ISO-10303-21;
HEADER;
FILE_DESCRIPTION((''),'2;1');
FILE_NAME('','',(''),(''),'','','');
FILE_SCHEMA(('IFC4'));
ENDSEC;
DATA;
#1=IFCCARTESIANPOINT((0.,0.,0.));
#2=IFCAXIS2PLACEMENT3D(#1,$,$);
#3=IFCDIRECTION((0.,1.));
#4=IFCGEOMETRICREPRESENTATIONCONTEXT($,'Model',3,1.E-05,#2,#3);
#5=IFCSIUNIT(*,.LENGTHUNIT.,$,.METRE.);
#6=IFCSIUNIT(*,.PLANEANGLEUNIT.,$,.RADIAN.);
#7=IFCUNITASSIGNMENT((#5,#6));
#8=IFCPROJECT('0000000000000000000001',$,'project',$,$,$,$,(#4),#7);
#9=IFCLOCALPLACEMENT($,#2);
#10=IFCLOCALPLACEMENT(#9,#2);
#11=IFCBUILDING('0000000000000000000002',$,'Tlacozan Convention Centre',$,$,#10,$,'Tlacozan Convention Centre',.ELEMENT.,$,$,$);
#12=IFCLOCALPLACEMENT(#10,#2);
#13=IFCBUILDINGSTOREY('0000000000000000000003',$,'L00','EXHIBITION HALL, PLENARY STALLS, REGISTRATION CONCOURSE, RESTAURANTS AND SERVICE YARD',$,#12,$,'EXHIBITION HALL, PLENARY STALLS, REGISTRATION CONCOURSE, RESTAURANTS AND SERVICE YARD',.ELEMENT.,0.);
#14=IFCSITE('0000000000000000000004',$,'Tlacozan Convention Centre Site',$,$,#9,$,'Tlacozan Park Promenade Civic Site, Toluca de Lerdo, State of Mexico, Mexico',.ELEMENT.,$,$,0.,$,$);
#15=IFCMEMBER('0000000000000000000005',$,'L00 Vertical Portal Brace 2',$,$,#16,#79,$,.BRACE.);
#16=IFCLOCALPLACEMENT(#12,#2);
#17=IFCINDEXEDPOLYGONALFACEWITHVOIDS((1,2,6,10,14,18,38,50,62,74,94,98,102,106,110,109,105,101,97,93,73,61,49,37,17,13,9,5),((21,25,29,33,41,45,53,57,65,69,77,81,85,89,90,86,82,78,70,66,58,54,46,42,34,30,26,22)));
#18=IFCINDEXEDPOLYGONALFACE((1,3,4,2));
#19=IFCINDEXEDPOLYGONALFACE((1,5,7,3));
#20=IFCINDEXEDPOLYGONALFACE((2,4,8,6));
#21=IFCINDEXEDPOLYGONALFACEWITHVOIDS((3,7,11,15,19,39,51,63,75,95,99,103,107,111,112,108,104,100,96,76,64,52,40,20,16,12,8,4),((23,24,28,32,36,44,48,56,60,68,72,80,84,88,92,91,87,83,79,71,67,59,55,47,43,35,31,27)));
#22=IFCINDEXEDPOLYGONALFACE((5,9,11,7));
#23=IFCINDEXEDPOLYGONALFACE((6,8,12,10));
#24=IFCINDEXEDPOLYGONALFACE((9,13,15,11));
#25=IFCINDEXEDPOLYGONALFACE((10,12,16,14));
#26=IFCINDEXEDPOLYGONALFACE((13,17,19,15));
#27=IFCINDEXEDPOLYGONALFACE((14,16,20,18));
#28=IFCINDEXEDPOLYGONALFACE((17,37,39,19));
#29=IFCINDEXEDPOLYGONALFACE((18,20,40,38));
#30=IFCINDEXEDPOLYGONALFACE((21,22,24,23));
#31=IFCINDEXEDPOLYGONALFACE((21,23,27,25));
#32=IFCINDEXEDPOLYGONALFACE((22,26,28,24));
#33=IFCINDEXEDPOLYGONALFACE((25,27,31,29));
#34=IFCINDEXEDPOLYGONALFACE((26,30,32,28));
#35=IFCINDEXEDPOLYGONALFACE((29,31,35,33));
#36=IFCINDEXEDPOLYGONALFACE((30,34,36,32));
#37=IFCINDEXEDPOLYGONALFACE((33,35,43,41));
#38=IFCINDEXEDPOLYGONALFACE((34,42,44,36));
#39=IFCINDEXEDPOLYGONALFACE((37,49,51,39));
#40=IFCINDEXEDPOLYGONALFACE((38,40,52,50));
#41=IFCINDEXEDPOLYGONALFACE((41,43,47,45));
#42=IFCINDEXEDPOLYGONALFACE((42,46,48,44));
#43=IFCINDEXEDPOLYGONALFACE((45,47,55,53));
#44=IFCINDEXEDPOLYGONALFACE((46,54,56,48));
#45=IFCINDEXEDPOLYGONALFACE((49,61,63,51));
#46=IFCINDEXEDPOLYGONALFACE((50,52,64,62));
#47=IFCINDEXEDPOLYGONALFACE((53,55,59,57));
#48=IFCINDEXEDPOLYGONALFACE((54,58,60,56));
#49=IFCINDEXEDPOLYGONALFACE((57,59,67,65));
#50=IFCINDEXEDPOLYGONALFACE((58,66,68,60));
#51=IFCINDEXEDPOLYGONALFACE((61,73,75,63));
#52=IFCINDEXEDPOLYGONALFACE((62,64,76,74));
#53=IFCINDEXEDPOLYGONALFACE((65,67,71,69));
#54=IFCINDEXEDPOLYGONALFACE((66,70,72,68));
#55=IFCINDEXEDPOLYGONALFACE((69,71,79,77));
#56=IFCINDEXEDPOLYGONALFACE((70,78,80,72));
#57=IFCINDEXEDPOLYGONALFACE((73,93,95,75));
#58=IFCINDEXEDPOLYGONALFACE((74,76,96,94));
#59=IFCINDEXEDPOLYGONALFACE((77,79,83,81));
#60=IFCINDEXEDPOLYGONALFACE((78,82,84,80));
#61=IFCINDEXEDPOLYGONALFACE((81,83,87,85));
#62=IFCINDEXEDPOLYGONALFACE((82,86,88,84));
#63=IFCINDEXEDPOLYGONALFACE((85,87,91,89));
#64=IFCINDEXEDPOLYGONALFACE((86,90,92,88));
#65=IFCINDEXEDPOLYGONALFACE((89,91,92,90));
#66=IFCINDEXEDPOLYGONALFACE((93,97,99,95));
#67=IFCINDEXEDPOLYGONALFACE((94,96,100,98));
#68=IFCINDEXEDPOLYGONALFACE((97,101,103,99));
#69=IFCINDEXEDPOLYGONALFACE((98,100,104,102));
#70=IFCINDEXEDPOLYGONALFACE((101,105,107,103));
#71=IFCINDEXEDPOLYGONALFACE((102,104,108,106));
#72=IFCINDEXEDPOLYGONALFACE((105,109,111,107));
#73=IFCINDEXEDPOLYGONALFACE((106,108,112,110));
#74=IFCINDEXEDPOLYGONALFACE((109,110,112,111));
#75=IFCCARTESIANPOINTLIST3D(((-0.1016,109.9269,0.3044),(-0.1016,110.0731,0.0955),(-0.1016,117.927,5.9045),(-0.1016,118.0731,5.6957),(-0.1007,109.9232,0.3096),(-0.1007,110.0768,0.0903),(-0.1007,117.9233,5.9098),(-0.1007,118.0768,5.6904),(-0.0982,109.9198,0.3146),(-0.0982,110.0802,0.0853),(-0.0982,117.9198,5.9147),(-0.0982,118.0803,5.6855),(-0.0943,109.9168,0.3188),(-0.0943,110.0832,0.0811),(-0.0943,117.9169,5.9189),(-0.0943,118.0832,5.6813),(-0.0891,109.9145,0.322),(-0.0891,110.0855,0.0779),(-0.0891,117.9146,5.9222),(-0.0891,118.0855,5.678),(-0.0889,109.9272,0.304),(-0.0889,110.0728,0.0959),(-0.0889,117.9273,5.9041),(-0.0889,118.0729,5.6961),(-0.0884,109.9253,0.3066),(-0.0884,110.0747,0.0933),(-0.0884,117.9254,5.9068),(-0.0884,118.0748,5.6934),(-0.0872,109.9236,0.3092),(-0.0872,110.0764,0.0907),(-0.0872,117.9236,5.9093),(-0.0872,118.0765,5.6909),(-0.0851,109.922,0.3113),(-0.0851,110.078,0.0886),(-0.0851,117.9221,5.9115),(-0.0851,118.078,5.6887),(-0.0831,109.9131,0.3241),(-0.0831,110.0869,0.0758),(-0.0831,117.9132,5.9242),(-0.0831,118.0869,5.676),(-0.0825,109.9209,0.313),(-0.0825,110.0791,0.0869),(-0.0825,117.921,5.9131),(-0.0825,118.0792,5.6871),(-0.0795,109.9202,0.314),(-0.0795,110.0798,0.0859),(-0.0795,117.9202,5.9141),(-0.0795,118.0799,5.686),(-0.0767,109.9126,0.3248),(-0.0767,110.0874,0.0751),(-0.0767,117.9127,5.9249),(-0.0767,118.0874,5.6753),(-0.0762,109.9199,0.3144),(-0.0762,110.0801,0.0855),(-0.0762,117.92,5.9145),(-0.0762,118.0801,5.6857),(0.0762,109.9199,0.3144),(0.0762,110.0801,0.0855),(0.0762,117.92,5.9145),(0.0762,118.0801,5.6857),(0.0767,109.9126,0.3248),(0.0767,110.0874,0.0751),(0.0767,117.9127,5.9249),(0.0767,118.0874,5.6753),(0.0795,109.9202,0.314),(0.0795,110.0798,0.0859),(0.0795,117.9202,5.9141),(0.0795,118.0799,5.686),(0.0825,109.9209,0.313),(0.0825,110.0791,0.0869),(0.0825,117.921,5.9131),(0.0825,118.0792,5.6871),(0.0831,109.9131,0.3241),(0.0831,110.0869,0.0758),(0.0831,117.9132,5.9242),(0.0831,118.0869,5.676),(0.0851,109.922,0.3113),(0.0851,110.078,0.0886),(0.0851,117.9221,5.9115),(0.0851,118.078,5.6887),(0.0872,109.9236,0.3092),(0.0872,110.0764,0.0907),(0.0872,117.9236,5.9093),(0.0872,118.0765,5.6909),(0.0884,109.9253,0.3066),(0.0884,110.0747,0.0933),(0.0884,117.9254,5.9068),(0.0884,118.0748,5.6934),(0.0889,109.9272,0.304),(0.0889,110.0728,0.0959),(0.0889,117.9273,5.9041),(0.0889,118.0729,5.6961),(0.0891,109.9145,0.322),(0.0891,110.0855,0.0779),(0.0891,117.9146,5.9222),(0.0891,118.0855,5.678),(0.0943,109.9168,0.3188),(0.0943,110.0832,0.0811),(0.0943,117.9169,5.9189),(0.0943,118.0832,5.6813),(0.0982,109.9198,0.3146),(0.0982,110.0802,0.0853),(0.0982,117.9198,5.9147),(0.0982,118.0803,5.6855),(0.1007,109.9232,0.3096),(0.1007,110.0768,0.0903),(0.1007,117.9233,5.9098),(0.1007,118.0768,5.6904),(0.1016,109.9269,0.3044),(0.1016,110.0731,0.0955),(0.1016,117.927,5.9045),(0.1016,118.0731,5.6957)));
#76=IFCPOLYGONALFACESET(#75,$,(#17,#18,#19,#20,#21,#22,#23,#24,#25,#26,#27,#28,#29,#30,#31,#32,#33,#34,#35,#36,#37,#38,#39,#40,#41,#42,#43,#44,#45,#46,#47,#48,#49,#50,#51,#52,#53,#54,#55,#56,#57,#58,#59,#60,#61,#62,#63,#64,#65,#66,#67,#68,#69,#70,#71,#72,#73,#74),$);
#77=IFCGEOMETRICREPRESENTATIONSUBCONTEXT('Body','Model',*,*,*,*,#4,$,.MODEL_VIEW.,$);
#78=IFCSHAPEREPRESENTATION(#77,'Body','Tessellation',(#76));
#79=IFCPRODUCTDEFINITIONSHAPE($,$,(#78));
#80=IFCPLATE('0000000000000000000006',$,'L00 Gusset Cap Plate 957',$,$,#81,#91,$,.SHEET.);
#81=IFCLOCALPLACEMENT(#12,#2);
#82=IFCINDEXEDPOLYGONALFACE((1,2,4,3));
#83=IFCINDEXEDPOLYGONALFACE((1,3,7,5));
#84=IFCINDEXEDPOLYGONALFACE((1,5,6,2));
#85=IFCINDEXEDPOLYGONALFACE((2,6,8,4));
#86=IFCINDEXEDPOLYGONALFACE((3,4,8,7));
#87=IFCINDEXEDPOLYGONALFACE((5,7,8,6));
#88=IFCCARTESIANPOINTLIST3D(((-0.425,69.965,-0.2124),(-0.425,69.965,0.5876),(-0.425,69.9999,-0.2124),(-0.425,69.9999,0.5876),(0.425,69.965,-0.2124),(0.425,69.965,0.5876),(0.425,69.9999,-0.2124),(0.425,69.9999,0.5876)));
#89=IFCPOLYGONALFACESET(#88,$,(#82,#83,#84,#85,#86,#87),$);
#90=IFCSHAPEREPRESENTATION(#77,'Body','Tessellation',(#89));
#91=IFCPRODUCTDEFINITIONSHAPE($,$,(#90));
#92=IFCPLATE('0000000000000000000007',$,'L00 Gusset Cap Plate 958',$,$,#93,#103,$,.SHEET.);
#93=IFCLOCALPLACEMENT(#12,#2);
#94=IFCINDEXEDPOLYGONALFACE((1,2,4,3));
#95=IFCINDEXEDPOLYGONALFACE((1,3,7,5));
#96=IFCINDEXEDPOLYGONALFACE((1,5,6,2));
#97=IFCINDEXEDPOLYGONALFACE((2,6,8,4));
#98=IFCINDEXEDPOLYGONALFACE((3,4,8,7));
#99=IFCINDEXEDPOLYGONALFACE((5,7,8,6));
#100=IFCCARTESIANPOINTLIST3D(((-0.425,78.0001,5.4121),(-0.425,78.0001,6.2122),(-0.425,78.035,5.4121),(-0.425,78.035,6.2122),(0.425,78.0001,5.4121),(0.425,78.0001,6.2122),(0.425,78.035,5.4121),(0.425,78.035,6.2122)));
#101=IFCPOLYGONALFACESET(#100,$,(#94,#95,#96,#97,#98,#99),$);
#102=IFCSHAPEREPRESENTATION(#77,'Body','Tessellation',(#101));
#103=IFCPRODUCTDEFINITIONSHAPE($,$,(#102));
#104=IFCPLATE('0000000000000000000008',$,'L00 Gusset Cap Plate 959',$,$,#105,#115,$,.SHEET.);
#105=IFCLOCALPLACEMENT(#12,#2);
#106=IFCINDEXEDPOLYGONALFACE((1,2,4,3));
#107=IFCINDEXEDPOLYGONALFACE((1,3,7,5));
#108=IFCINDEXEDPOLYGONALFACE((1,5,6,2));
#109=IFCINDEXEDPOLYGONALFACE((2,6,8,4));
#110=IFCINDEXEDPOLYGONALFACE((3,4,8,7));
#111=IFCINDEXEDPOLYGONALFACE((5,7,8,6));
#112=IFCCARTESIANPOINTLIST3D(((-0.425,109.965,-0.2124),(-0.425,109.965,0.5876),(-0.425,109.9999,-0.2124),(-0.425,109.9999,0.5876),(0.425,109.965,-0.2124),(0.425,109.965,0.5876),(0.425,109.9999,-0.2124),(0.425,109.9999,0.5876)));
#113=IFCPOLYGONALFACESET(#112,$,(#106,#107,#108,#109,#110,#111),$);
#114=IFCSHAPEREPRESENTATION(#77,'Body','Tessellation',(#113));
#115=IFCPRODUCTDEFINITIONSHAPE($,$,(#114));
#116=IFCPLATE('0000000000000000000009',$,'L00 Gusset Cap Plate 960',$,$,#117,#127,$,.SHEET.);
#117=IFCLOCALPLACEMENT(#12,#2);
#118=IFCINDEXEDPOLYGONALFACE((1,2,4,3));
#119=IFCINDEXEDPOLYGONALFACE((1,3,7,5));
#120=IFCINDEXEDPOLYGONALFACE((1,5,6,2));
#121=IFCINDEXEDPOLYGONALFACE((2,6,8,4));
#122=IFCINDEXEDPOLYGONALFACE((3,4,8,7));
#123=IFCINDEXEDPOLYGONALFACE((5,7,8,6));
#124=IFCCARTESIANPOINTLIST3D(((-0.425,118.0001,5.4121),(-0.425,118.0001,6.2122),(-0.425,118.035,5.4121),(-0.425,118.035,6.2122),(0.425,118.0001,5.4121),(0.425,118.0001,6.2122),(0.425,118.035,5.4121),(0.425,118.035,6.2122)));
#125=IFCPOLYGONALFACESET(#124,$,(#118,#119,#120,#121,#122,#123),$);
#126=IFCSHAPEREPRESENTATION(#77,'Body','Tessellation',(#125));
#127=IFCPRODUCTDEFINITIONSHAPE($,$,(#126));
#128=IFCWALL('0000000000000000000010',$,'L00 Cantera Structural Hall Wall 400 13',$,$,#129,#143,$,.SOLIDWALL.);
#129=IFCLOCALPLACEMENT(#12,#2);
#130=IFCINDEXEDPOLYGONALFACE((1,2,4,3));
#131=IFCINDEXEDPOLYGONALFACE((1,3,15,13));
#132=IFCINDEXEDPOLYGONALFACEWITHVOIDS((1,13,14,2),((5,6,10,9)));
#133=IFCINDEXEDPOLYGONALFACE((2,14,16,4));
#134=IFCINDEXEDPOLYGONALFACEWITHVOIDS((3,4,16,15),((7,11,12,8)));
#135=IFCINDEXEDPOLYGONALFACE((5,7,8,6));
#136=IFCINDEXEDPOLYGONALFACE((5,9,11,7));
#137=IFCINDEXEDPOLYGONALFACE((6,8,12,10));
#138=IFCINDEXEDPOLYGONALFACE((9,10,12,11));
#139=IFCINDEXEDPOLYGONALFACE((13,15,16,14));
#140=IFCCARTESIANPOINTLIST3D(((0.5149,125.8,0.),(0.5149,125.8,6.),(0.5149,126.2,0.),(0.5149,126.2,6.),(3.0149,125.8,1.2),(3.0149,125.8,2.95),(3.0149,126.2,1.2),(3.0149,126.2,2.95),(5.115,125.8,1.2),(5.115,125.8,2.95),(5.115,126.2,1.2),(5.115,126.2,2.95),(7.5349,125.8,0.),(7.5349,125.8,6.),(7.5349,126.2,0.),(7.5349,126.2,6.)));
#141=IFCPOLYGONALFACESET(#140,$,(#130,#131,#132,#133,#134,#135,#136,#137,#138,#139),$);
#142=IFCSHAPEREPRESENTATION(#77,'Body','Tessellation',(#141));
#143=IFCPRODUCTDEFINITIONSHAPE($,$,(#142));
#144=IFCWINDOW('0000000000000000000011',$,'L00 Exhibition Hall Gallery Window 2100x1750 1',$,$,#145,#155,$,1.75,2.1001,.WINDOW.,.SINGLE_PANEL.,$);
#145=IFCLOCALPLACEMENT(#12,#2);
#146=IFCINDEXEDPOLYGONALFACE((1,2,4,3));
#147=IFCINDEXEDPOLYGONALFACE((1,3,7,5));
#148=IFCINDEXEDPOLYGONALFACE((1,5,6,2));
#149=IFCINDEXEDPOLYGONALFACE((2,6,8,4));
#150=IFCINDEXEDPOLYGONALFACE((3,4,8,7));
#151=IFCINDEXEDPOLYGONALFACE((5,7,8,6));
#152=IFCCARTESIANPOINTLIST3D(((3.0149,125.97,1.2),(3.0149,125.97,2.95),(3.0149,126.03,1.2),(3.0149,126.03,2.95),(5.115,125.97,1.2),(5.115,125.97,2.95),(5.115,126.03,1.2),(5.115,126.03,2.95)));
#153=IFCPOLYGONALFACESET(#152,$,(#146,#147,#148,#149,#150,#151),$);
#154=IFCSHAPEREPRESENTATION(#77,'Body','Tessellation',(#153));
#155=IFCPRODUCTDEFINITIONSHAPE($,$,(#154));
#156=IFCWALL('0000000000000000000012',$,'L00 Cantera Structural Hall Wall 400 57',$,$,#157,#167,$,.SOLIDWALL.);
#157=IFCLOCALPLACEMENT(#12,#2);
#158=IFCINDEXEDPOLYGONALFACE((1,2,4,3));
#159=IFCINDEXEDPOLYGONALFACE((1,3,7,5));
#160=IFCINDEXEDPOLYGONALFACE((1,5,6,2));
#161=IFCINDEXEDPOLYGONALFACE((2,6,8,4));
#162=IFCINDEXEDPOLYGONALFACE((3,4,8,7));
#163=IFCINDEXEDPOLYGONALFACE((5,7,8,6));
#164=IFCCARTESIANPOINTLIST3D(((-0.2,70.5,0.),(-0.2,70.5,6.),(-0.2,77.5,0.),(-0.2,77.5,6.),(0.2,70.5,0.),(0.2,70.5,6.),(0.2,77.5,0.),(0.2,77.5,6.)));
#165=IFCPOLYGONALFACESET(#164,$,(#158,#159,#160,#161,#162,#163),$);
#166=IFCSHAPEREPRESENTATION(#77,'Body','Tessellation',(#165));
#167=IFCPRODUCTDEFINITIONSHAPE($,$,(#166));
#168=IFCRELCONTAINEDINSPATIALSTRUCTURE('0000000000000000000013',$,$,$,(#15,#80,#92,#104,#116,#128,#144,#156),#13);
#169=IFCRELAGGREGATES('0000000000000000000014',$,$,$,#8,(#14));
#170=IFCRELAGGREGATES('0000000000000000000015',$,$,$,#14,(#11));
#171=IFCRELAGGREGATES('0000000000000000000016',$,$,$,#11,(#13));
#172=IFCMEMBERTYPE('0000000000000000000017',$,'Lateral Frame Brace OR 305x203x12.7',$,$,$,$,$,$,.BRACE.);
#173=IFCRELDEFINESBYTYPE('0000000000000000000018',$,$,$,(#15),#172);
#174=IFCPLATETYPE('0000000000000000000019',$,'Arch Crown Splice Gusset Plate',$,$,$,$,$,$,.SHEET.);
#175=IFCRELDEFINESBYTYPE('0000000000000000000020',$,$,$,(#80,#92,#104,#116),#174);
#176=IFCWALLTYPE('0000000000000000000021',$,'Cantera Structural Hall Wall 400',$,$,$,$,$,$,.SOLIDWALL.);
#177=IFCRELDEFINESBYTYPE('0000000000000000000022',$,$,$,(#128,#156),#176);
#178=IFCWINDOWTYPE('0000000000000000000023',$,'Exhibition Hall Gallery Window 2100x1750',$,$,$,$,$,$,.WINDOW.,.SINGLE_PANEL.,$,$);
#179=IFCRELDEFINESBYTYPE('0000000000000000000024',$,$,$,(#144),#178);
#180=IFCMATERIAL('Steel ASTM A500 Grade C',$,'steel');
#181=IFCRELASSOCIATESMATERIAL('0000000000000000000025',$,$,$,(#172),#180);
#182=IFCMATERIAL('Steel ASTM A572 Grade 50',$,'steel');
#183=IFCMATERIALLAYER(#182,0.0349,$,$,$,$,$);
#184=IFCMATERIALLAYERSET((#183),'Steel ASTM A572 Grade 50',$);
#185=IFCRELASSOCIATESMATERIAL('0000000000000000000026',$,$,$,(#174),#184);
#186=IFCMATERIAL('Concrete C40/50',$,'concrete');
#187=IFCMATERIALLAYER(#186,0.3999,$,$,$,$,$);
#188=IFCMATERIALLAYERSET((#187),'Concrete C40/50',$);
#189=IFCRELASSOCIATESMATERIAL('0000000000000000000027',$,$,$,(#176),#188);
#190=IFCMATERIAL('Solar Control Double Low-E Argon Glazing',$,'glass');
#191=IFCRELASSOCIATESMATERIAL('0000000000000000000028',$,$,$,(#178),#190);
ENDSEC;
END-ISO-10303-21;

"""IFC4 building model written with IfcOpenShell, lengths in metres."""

from ifc_helpers import new_model, si_unit, direction, frame, frame_2d, origin, origin_2d, place, context, subcontext, project, spatial, rectangle, hollow_rectangle, extrude, material, layer, layer_set, material_profile, profile_set, type_object, element, fill, save


model = new_model("IFC4")

# Units and contexts
model_context = context("Model", 3, precision=1e-05, world=origin(), true_north=direction((0.0, 1.0)))
body_context = subcontext(model_context, "Body", "Model", "MODEL_VIEW")
ifc_project = project(units=[si_unit("LENGTHUNIT", "METRE"), si_unit("PLANEANGLEUNIT", "RADIAN")], contexts=[model_context])

# Site, building, storey
site_placement = place(None, origin())
site = spatial("IfcSite", under=ifc_project, at=site_placement, Name="Tlacozan Convention Centre Site", LongName="Tlacozan Park Promenade Civic Site, Toluca de Lerdo, State of Mexico, Mexico", CompositionType="ELEMENT", RefElevation=0.0)
building_placement = place(site_placement, origin())
building = spatial("IfcBuilding", under=site, at=building_placement, Name="Tlacozan Convention Centre", LongName="Tlacozan Convention Centre", CompositionType="ELEMENT")
storey_placement = place(building_placement, origin())
storey = spatial("IfcBuildingStorey", under=building, at=storey_placement, Name="L00", Description="EXHIBITION HALL, PLENARY STALLS, REGISTRATION CONCOURSE, RESTAURANTS AND SERVICE YARD", LongName="EXHIBITION HALL, PLENARY STALLS, REGISTRATION CONCOURSE, RESTAURANTS AND SERVICE YARD", CompositionType="ELEMENT", Elevation=0.0)

# Shared definitions
ifc_material_1 = material(Name="Concrete C40/50", Category="concrete")

# Member
ifc_material_2 = material(Name="Steel ASTM A500 Grade C", Category="steel")
ifc_material_profile_1 = material_profile(ifc_material_2, hollow_rectangle(XDim=0.2031, YDim=0.3047, WallThickness=0.0127, InnerFilletRadius=0.0127, OuterFilletRadius=0.0249, at=origin_2d()), Name="OR 305x203x12.7")
ifc_profile_set_1 = profile_set([ifc_material_profile_1], Name="Steel ASTM A500 Grade C")
member_type = type_object("IfcMemberType", Name="Lateral Frame Brace OR 305x203x12.7", PredefinedType="BRACE", material=ifc_profile_set_1)
for number, where, z_axis, x_axis, name in (
    (1, (0.0, 110.0, 0.2), (0.0, 0.819227, 0.573469), (-1.0, 0.0, 0.0), "L00 Vertical Portal Brace 2"),
):
    element("IfcMember", number, at=place(storey_placement, frame(where, z_axis=z_axis, x_axis=x_axis)), inside=storey, type_object=member_type, Name=name, PredefinedType="BRACE", context=body_context, shape_type="SweptSolid", body=[
        extrude(hollow_rectangle(XDim=0.2031, YDim=0.3047, WallThickness=0.0127, InnerFilletRadius=0.0127, OuterFilletRadius=0.0249, at=origin_2d()), origin(), (0.0, 0.0, 1.0), 9.7654),
    ])

# Plates
ifc_material_3 = material(Name="Steel ASTM A572 Grade 50", Category="steel")
ifc_layer_1 = layer(ifc_material_3, 0.0349)
ifc_layer_set_1 = layer_set([ifc_layer_1], Name="Steel ASTM A572 Grade 50")
plate_type = type_object("IfcPlateType", Name="Arch Crown Splice Gusset Plate", PredefinedType="SHEET", material=ifc_layer_set_1)
for number, where, z_axis, x_axis, name in (
    (2, (0.0, 69.9824, -0.2124), (0.0, 0.0, 1.0), (0.0, 1.0, 0.0), "L00 Gusset Cap Plate 957"),
    (3, (0.0, 78.0176, 5.4121), (0.0, 0.0, 1.0), (0.0, 1.0, 0.0), "L00 Gusset Cap Plate 958"),
    (4, (0.0, 109.9824, -0.2124), (0.0, 0.0, 1.0), (0.0, 1.0, 0.0), "L00 Gusset Cap Plate 959"),
    (5, (0.0, 118.0176, 5.4121), (0.0, 0.0, 1.0), (0.0, 1.0, 0.0), "L00 Gusset Cap Plate 960"),
):
    element("IfcPlate", number, at=place(storey_placement, frame(where, z_axis=z_axis, x_axis=x_axis)), inside=storey, type_object=plate_type, Name=name, PredefinedType="SHEET", context=body_context, shape_type="SweptSolid", body=[
        extrude(rectangle(XDim=0.0349, YDim=0.8501, at=origin_2d()), origin(), (0.0, 0.0, 1.0), 0.8),
    ])

# Wall, opening, window
ifc_layer_2 = layer(ifc_material_1, 0.3999)
ifc_layer_set_2 = layer_set([ifc_layer_2], Name="Concrete C40/50")
wall_type = type_object("IfcWallType", Name="Cantera Structural Hall Wall 400", PredefinedType="SOLIDWALL", material=ifc_layer_set_2)
wall_1_placement = place(storey_placement, frame((0.5149, 126.0, 0.0), z_axis=(0.0, 0.0, 1.0), x_axis=(1.0, 0.0, 0.0)))
wall_1 = element("IfcWall", 6, at=wall_1_placement, inside=storey, type_object=wall_type, Name="L00 Cantera Structural Hall Wall 400 13", PredefinedType="SOLIDWALL", context=body_context, shape_type="SweptSolid", body=[
    extrude(rectangle(XDim=7.02, YDim=0.3999, at=frame_2d((3.51, 0.0))), origin(), (0.0, 0.0, 1.0), 6.0),
])
opening_1_placement = place(wall_1_placement, frame((2.5, 0.0, 1.2)))
opening_1 = element("IfcOpeningElement", 7, at=opening_1_placement, cuts=wall_1, PredefinedType="OPENING", context=body_context, shape_type="SweptSolid", body=[
    extrude(rectangle(XDim=2.1001, YDim=1.75, at=frame_2d((1.05, 0.875))), frame((0.0, 0.21, 0.0), z_axis=(0.0, -1.0, 0.0), x_axis=(1.0, 0.0, 0.0)), (0.0, 0.0, 1.0), 0.4199),
])
ifc_material_4 = material(Name="Solar Control Double Low-E Argon Glazing", Category="glass")
window_type_1 = type_object("IfcWindowType", Name="Exhibition Hall Gallery Window 2100x1750", PartitioningType="SINGLE_PANEL", PredefinedType="WINDOW", material=ifc_material_4)
window_1_placement = place(opening_1_placement, origin())
window_1 = element("IfcWindow", 8, at=window_1_placement, inside=storey, type_object=window_type_1, Name="L00 Exhibition Hall Gallery Window 2100x1750 1", OverallHeight=1.75, OverallWidth=2.1001, PartitioningType="SINGLE_PANEL", PredefinedType="WINDOW", context=body_context, shape_type="SweptSolid", body=[
    extrude(rectangle(XDim=2.1001, YDim=1.75, at=frame_2d((1.05, 0.875))), frame((0.0, 0.03, 0.0), z_axis=(0.0, -1.0, 0.0), x_axis=(1.0, 0.0, 0.0)), (0.0, 0.0, 1.0), 0.0601),
])
fill(opening_1, window_1)

# Wall
wall_2_placement = place(storey_placement, frame((0.0, 70.5, 0.0), z_axis=(0.0, 0.0, 1.0), x_axis=(0.0, 1.0, 0.0)))
element("IfcWall", 9, at=wall_2_placement, inside=storey, type_object=wall_type, Name="L00 Cantera Structural Hall Wall 400 57", PredefinedType="SOLIDWALL", context=body_context, shape_type="SweptSolid", body=[
    extrude(rectangle(XDim=7.0, YDim=0.3999, at=frame_2d((3.5, 0.0))), origin(), (0.0, 0.0, 1.0), 6.0),
])

save(model, "model.ifc")
